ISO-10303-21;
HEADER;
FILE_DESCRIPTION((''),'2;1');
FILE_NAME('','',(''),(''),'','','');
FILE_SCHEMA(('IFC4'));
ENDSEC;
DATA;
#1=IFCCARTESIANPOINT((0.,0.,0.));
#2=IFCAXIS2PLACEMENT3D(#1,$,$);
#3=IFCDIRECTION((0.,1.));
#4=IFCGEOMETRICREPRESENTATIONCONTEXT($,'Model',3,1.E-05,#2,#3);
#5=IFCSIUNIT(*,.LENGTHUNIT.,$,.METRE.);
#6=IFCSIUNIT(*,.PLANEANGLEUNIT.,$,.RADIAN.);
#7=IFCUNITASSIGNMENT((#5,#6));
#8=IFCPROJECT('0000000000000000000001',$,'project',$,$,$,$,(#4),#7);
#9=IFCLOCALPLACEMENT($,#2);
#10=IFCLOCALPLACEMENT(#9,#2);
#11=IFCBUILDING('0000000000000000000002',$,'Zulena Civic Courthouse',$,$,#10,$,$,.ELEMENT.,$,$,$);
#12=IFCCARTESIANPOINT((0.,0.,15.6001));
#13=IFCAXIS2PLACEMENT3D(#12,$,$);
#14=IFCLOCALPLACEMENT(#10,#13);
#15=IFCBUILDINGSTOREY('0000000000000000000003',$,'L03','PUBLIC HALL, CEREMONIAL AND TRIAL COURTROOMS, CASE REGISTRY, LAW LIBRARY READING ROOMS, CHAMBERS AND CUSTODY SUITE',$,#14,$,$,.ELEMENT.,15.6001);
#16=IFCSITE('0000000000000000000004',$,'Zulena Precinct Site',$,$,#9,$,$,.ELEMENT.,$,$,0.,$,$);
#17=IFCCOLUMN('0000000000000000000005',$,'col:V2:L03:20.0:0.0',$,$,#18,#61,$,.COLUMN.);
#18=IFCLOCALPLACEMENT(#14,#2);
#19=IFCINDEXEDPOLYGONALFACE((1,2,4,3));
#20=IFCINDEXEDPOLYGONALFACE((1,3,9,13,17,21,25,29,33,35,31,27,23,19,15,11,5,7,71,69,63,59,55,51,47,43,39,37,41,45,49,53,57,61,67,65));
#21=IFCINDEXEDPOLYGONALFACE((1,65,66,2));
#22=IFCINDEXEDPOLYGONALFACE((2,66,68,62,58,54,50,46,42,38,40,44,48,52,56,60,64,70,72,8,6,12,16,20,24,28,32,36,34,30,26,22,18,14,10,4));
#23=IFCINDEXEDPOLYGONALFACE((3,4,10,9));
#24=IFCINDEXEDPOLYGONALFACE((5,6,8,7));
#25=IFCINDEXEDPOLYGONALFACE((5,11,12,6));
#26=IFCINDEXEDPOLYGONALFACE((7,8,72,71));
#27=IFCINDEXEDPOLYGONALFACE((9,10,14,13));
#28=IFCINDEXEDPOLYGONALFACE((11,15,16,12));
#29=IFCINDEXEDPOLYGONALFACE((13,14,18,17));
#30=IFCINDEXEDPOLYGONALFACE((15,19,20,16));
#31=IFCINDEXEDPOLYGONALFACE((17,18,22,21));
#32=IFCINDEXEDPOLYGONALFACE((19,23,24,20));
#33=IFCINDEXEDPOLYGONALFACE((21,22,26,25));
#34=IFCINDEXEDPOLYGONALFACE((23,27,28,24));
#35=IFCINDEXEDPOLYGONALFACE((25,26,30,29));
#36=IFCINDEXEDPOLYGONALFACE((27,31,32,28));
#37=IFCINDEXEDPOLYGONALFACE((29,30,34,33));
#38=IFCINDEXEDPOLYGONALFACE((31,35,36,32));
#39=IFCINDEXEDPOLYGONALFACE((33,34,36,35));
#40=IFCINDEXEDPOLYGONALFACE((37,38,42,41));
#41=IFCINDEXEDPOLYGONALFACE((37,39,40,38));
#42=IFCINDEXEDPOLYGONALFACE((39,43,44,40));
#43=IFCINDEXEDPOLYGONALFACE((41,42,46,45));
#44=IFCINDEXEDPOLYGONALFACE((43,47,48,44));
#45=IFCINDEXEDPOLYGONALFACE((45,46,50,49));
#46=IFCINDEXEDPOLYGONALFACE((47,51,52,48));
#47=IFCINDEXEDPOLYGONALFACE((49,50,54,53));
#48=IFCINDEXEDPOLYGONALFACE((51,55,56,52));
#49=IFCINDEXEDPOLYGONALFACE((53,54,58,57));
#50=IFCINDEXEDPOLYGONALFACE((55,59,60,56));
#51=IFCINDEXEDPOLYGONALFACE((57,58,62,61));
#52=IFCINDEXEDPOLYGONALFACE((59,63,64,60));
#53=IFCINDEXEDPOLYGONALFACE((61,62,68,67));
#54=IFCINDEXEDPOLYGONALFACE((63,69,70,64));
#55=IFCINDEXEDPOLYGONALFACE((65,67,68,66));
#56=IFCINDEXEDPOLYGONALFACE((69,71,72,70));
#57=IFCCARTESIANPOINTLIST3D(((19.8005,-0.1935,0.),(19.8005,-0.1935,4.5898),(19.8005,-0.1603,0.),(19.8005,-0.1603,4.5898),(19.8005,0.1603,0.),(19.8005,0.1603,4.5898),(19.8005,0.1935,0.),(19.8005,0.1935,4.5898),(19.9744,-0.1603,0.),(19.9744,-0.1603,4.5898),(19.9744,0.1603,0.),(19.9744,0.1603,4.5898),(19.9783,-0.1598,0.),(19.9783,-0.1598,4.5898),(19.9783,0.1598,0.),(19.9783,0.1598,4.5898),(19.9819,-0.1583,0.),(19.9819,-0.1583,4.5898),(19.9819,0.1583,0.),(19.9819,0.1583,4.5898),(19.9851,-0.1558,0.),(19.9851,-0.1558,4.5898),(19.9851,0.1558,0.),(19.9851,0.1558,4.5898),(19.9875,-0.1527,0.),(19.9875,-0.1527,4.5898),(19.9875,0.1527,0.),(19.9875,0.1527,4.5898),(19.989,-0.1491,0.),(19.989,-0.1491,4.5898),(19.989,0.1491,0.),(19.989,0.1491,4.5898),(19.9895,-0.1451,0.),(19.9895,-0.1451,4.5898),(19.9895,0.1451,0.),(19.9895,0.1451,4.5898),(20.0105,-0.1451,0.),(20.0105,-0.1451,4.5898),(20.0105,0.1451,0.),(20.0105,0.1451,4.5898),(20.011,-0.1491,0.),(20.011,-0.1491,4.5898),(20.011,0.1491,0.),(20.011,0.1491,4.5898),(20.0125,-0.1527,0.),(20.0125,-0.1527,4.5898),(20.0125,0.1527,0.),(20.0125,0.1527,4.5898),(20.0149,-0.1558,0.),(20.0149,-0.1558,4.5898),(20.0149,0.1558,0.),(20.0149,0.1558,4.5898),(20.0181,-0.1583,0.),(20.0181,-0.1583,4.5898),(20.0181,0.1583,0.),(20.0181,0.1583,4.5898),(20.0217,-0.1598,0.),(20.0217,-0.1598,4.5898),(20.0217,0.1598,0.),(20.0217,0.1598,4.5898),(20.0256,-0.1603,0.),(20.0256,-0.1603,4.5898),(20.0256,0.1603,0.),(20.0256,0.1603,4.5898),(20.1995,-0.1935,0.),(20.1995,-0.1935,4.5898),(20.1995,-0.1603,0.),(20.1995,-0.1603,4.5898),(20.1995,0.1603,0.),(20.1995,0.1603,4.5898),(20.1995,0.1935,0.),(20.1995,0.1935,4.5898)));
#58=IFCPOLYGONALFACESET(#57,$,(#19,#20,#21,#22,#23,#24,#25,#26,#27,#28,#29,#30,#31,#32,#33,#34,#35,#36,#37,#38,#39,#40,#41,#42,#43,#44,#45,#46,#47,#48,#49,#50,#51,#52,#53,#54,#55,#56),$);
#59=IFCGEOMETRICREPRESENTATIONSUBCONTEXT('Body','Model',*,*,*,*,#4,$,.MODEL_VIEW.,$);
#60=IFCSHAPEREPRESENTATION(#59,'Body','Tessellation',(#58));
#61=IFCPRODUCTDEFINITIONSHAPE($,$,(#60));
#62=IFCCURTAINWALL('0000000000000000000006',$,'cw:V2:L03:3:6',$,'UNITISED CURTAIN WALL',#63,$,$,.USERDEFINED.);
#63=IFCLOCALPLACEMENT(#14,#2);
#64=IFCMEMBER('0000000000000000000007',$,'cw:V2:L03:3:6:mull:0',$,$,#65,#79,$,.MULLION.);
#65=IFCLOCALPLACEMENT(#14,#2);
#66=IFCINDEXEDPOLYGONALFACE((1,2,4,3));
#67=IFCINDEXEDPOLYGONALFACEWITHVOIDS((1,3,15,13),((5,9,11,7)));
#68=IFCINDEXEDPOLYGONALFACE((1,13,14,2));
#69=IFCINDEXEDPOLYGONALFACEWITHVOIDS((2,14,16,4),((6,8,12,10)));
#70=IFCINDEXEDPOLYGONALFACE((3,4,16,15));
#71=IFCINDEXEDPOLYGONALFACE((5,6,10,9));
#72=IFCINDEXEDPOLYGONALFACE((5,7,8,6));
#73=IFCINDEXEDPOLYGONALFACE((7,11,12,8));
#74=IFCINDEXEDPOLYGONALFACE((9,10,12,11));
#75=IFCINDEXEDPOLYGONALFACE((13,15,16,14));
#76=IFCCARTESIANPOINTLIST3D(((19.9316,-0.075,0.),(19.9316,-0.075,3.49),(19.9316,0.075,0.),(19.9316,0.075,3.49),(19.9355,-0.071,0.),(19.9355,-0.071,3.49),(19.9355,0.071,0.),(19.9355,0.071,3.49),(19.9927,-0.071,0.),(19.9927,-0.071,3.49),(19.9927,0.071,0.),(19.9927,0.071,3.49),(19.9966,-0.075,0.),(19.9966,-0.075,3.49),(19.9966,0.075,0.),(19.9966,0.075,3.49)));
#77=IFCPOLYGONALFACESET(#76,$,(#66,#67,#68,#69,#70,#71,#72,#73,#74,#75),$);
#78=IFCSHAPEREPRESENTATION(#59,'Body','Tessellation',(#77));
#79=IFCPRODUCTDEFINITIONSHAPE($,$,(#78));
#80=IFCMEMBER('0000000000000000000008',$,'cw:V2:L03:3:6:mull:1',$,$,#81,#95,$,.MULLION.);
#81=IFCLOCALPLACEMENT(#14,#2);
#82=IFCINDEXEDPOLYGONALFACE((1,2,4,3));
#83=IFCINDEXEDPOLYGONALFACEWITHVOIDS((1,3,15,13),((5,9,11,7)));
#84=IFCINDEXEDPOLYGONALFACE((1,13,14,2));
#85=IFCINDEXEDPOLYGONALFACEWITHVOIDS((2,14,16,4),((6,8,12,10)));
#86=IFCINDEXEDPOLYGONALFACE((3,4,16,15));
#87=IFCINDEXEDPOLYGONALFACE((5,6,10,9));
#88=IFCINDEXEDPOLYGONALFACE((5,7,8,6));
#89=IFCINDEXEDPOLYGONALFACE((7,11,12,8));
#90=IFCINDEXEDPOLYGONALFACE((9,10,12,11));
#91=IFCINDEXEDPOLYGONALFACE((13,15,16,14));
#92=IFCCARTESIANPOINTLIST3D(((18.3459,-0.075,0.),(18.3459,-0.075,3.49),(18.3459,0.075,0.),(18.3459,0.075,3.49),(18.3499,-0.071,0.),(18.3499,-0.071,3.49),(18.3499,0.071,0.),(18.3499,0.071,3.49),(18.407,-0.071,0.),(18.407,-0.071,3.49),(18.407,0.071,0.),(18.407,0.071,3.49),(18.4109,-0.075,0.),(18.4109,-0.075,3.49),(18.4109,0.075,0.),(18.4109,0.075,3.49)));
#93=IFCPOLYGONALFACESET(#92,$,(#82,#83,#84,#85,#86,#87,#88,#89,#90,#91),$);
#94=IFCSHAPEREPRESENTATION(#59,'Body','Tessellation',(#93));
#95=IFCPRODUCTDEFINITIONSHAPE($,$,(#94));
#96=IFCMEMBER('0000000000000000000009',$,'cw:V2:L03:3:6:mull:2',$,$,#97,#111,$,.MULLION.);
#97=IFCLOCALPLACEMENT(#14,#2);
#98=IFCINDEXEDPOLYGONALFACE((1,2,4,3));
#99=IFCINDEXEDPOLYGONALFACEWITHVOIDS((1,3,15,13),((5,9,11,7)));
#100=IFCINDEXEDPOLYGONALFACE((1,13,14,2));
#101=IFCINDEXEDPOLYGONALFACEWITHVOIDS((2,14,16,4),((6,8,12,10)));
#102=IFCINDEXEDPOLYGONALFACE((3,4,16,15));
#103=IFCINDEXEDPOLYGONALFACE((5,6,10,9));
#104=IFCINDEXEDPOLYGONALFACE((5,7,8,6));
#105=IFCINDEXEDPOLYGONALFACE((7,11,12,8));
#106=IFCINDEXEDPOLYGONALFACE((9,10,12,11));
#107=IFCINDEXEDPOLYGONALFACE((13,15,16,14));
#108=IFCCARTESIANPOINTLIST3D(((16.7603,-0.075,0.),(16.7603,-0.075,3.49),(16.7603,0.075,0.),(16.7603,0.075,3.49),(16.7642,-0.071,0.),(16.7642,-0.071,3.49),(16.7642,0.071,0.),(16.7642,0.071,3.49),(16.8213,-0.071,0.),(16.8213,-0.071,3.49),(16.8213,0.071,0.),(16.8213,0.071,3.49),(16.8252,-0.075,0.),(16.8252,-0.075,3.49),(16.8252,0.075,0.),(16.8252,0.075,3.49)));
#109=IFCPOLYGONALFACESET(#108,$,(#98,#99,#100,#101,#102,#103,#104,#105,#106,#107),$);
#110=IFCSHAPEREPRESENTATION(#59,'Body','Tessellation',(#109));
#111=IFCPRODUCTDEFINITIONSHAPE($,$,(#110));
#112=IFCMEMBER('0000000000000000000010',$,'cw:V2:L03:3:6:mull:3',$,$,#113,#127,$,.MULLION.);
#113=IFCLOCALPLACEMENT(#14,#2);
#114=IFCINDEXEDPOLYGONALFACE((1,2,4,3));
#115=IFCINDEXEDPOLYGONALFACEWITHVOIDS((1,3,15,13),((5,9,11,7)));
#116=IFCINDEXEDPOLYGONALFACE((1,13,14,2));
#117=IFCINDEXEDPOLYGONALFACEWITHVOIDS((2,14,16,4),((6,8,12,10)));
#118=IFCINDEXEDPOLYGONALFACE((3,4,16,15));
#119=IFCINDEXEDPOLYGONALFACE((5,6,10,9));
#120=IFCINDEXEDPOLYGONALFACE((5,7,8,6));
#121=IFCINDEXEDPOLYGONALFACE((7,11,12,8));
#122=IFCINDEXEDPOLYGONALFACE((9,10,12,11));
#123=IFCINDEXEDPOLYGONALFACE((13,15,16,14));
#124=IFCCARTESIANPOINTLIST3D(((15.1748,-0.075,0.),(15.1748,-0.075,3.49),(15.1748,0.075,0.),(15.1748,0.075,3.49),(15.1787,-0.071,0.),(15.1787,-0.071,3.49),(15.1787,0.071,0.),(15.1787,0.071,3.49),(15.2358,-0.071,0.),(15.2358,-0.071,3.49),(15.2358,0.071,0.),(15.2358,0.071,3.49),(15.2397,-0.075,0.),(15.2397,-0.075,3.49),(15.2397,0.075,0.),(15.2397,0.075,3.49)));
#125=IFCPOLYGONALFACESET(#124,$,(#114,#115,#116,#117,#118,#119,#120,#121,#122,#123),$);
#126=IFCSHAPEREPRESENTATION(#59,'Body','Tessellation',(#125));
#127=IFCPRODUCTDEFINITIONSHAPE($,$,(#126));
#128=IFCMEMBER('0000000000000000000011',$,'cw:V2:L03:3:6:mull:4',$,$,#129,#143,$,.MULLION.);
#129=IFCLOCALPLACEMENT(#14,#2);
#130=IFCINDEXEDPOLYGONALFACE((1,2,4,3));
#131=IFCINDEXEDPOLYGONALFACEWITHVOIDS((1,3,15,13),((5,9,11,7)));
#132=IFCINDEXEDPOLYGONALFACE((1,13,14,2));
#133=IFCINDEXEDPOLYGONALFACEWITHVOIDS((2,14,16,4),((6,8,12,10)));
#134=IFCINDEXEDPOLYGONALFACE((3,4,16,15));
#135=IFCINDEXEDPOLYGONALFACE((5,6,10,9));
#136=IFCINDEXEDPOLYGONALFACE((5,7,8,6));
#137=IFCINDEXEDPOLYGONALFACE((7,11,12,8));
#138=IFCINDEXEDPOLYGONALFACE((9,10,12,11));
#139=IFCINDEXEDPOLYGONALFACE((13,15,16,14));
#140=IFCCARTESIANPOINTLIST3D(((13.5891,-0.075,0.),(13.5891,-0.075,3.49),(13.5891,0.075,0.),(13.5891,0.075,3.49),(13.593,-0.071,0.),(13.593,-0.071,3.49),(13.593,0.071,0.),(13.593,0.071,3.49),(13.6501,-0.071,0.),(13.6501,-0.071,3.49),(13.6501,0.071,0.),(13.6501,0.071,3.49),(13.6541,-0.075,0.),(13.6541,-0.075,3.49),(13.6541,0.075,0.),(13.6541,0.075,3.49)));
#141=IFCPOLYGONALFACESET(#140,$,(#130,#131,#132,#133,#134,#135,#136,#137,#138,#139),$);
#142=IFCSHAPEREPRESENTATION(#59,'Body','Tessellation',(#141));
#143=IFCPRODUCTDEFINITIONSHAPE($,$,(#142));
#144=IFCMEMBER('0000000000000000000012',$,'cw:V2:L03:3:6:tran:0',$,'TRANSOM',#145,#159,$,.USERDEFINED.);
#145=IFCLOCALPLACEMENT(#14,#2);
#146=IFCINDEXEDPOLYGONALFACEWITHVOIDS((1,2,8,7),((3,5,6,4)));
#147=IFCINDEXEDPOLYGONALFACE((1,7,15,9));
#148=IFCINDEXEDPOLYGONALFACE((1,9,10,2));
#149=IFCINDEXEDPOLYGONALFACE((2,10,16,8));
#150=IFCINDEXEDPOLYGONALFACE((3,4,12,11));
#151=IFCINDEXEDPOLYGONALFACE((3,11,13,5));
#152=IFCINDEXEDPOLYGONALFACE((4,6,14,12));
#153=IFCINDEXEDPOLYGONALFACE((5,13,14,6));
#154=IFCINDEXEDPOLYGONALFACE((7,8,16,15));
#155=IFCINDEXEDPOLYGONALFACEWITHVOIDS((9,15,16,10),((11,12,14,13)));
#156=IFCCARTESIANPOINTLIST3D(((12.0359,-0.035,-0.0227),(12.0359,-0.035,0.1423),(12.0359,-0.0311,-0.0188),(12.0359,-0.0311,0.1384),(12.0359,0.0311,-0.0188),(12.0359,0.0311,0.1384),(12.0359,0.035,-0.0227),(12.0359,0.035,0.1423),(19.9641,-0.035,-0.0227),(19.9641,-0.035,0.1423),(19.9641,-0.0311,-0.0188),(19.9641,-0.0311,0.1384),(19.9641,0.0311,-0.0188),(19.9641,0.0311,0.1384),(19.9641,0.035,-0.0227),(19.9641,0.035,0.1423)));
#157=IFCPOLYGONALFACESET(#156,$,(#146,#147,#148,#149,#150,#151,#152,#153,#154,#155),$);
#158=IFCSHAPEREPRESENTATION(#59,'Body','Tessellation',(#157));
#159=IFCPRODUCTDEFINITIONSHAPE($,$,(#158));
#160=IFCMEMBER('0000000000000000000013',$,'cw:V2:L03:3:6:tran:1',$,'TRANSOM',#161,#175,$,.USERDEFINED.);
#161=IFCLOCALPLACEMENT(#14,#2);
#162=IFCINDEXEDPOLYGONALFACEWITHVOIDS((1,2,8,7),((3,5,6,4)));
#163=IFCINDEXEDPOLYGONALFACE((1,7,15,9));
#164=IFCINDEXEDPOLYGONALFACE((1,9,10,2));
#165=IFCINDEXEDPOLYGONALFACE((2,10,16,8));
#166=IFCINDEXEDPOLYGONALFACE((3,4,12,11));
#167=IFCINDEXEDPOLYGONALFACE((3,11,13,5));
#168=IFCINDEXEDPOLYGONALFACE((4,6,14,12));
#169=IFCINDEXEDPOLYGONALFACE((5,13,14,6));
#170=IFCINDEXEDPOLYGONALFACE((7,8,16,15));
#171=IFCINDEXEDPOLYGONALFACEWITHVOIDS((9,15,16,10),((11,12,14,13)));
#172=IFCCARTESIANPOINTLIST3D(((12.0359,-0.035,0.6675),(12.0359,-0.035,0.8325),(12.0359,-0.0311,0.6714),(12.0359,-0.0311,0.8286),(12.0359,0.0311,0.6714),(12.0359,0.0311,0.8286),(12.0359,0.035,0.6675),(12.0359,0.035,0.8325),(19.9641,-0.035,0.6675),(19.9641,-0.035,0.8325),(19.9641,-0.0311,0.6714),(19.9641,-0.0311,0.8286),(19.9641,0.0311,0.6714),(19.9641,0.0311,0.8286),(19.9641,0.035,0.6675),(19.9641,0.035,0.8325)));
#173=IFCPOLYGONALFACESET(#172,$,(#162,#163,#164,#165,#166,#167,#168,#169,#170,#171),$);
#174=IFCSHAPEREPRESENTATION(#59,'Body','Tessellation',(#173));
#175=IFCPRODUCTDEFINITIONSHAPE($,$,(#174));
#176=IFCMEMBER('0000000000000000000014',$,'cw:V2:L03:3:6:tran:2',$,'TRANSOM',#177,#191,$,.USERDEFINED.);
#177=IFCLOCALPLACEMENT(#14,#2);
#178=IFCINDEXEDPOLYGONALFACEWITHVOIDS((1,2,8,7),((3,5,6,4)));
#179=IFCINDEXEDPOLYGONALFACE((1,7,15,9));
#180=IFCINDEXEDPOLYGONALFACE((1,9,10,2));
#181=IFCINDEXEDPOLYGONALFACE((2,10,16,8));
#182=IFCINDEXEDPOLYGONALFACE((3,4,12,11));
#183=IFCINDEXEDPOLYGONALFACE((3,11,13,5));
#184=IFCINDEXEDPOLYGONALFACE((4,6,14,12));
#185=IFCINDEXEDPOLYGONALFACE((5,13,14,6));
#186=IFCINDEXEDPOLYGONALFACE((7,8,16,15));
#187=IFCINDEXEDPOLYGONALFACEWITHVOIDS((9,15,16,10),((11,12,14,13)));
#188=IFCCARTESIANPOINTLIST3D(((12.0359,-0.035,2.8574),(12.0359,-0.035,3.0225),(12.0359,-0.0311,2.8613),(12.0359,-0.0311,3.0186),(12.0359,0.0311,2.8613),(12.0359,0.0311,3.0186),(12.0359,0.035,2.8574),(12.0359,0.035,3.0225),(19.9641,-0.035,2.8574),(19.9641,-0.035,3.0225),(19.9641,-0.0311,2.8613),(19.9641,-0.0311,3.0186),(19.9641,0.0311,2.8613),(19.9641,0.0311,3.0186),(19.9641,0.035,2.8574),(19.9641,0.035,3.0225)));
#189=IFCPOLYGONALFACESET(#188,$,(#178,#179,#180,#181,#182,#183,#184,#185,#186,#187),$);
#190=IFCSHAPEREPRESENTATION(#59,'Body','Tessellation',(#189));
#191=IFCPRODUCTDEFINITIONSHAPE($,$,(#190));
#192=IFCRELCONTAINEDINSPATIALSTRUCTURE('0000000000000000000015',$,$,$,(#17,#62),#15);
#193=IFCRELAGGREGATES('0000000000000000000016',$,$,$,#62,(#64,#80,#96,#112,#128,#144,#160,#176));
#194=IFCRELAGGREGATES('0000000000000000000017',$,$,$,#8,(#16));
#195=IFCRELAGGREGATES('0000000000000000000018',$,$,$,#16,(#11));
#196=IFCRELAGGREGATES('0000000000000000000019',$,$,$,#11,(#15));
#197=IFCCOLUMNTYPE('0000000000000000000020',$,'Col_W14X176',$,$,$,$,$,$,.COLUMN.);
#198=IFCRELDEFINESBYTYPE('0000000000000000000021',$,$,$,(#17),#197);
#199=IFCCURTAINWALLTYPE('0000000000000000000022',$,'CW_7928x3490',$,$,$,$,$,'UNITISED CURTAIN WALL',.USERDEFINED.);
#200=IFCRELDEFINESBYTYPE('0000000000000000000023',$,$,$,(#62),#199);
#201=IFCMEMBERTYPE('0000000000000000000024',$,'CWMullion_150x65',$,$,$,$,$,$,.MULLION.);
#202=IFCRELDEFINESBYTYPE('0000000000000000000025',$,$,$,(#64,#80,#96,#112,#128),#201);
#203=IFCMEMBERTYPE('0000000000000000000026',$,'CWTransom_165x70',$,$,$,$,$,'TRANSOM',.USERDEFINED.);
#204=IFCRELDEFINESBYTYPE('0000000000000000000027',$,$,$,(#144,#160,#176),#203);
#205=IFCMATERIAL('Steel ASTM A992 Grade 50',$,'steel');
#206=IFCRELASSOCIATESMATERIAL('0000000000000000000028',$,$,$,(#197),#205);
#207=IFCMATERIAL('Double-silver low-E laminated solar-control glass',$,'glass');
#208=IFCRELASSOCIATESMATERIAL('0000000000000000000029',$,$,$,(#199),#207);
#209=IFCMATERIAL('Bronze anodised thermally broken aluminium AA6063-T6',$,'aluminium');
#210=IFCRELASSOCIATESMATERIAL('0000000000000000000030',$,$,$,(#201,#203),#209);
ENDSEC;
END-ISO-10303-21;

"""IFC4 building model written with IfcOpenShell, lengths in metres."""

from ifc_helpers import new_model, si_unit, direction, frame, origin, origin_2d, place, context, subcontext, project, spatial, hollow_rectangle, i_section, extrude, material, material_profile, profile_set, type_object, element, aggregate, save


model = new_model("IFC4")

# Units and contexts
model_context = context("Model", 3, precision=1e-05, world=origin(), true_north=direction((0.0, 1.0)))
body_context = subcontext(model_context, "Body", "Model", "MODEL_VIEW")
ifc_project = project(units=[si_unit("LENGTHUNIT", "METRE"), si_unit("PLANEANGLEUNIT", "RADIAN")], contexts=[model_context])

# Site, building, storey
site_placement = place(None, origin())
site = spatial("IfcSite", under=ifc_project, at=site_placement, Name="Zulena Precinct Site", CompositionType="ELEMENT", RefElevation=0.0)
building_placement = place(site_placement, origin())
building = spatial("IfcBuilding", under=site, at=building_placement, Name="Zulena Civic Courthouse", CompositionType="ELEMENT")
storey_placement = place(building_placement, frame((0.0, 0.0, 15.6001)))
storey = spatial("IfcBuildingStorey", under=building, at=storey_placement, Name="L03", Description="PUBLIC HALL, CEREMONIAL AND TRIAL COURTROOMS, CASE REGISTRY, LAW LIBRARY READING ROOMS, CHAMBERS AND CUSTODY SUITE", CompositionType="ELEMENT", Elevation=15.6001)

# Column
ifc_material_1 = material(Name="Steel ASTM A992 Grade 50", Category="steel")
ifc_material_profile_1 = material_profile(ifc_material_1, i_section(OverallWidth=0.3989, OverallDepth=0.387, WebThickness=0.021, FlangeThickness=0.0332, FilletRadius=0.0151, at=origin_2d()), Name="W14X176")
ifc_profile_set_1 = profile_set([ifc_material_profile_1], Name="Steel ASTM A992 Grade 50")
column_type = type_object("IfcColumnType", Name="Col_W14X176", PredefinedType="COLUMN", material=ifc_profile_set_1)
column_placement = place(storey_placement, frame((20.0, 0.0, 0.0), z_axis=(0.0, 0.0, 1.0), x_axis=(1.0, 0.0, 0.0)))
element("IfcColumn", 1, at=column_placement, inside=storey, type_object=column_type, Name="col:V2:L03:20.0:0.0", PredefinedType="COLUMN", context=body_context, shape_type="SweptSolid", body=[
    extrude(i_section(OverallWidth=0.3989, OverallDepth=0.387, WebThickness=0.021, FlangeThickness=0.0332, FilletRadius=0.0151, at=origin_2d()), origin(), (0.0, 0.0, 1.0), 4.5898),
])

# Curtain wall, members
ifc_material_2 = material(Name="Double-silver low-E laminated solar-control glass", Category="glass")
curtain_wall_type = type_object("IfcCurtainWallType", Name="CW_7928x3490", ElementType="UNITISED CURTAIN WALL", PredefinedType="USERDEFINED", material=ifc_material_2)
curtain_wall_placement = place(storey_placement, origin())
curtain_wall = element("IfcCurtainWall", 2, at=curtain_wall_placement, inside=storey, type_object=curtain_wall_type, Name="cw:V2:L03:3:6", ObjectType="UNITISED CURTAIN WALL", PredefinedType="USERDEFINED")
ifc_material_3 = material(Name="Bronze anodised thermally broken aluminium AA6063-T6", Category="aluminium")
ifc_material_profile_2 = material_profile(ifc_material_3, hollow_rectangle(XDim=0.0649, YDim=0.1499, WallThickness=0.0039, at=origin_2d()), Name="CWM150X65X4")
ifc_profile_set_2 = profile_set([ifc_material_profile_2], Name="Bronze anodised thermally broken aluminium AA6063-T6")
member_type_1 = type_object("IfcMemberType", Name="CWMullion_150x65", PredefinedType="MULLION", material=ifc_profile_set_2)
member_1_placement = place(storey_placement, frame((19.9641, 0.0, 0.0), z_axis=(0.0, 0.0, 1.0), x_axis=(1.0, 0.0, 0.0)))
member_1 = element("IfcMember", 3, at=member_1_placement, type_object=member_type_1, Name="cw:V2:L03:3:6:mull:0", PredefinedType="MULLION", context=body_context, shape_type="SweptSolid", body=[
    extrude(hollow_rectangle(XDim=0.0649, YDim=0.1499, WallThickness=0.0039, at=origin_2d()), origin(), (0.0, 0.0, 1.0), 3.49),
])
member_2_placement = place(storey_placement, frame((18.3784, 0.0, 0.0), z_axis=(0.0, 0.0, 1.0), x_axis=(1.0, 0.0, 0.0)))
member_2 = element("IfcMember", 4, at=member_2_placement, type_object=member_type_1, Name="cw:V2:L03:3:6:mull:1", PredefinedType="MULLION", context=body_context, shape_type="SweptSolid", body=[
    extrude(hollow_rectangle(XDim=0.0649, YDim=0.1499, WallThickness=0.0039, at=origin_2d()), origin(), (0.0, 0.0, 1.0), 3.49),
])
member_3_placement = place(storey_placement, frame((16.7927, 0.0, 0.0), z_axis=(0.0, 0.0, 1.0), x_axis=(1.0, 0.0, 0.0)))
member_3 = element("IfcMember", 5, at=member_3_placement, type_object=member_type_1, Name="cw:V2:L03:3:6:mull:2", PredefinedType="MULLION", context=body_context, shape_type="SweptSolid", body=[
    extrude(hollow_rectangle(XDim=0.0649, YDim=0.1499, WallThickness=0.0039, at=origin_2d()), origin(), (0.0, 0.0, 1.0), 3.49),
])
member_4_placement = place(storey_placement, frame((15.2073, 0.0, 0.0), z_axis=(0.0, 0.0, 1.0), x_axis=(1.0, 0.0, 0.0)))
member_4 = element("IfcMember", 6, at=member_4_placement, type_object=member_type_1, Name="cw:V2:L03:3:6:mull:3", PredefinedType="MULLION", context=body_context, shape_type="SweptSolid", body=[
    extrude(hollow_rectangle(XDim=0.0649, YDim=0.1499, WallThickness=0.0039, at=origin_2d()), origin(), (0.0, 0.0, 1.0), 3.49),
])
member_5_placement = place(storey_placement, frame((13.6216, 0.0, 0.0), z_axis=(0.0, 0.0, 1.0), x_axis=(1.0, 0.0, 0.0)))
member_5 = element("IfcMember", 7, at=member_5_placement, type_object=member_type_1, Name="cw:V2:L03:3:6:mull:4", PredefinedType="MULLION", context=body_context, shape_type="SweptSolid", body=[
    extrude(hollow_rectangle(XDim=0.0649, YDim=0.1499, WallThickness=0.0039, at=origin_2d()), origin(), (0.0, 0.0, 1.0), 3.49),
])
ifc_material_profile_3 = material_profile(ifc_material_3, hollow_rectangle(XDim=0.0701, YDim=0.165, WallThickness=0.0039, at=origin_2d()), Name="CWT165X70X4")
ifc_profile_set_3 = profile_set([ifc_material_profile_3], Name="Bronze anodised thermally broken aluminium AA6063-T6")
member_type_2 = type_object("IfcMemberType", Name="CWTransom_165x70", ElementType="TRANSOM", PredefinedType="USERDEFINED", material=ifc_profile_set_3)
member_6_placement = place(storey_placement, frame((19.9641, 0.0, 0.0598), z_axis=(-1.0, 0.0, 0.0), x_axis=(0.0, -1.0, 0.0)))
member_6 = element("IfcMember", 8, at=member_6_placement, type_object=member_type_2, Name="cw:V2:L03:3:6:tran:0", ObjectType="TRANSOM", PredefinedType="USERDEFINED", context=body_context, shape_type="SweptSolid", body=[
    extrude(hollow_rectangle(XDim=0.0701, YDim=0.165, WallThickness=0.0039, at=origin_2d()), origin(), (0.0, 0.0, 1.0), 7.9282),
])
member_7_placement = place(storey_placement, frame((19.9641, 0.0, 0.75), z_axis=(-1.0, 0.0, 0.0), x_axis=(0.0, -1.0, 0.0)))
member_7 = element("IfcMember", 9, at=member_7_placement, type_object=member_type_2, Name="cw:V2:L03:3:6:tran:1", ObjectType="TRANSOM", PredefinedType="USERDEFINED", context=body_context, shape_type="SweptSolid", body=[
    extrude(hollow_rectangle(XDim=0.0701, YDim=0.165, WallThickness=0.0039, at=origin_2d()), origin(), (0.0, 0.0, 1.0), 7.9282),
])
member_8_placement = place(storey_placement, frame((19.9641, 0.0, 2.9399), z_axis=(-1.0, 0.0, 0.0), x_axis=(0.0, -1.0, 0.0)))
member_8 = element("IfcMember", 10, at=member_8_placement, type_object=member_type_2, Name="cw:V2:L03:3:6:tran:2", ObjectType="TRANSOM", PredefinedType="USERDEFINED", context=body_context, shape_type="SweptSolid", body=[
    extrude(hollow_rectangle(XDim=0.0701, YDim=0.165, WallThickness=0.0039, at=origin_2d()), origin(), (0.0, 0.0, 1.0), 7.9282),
])
aggregate(curtain_wall, [member_1, member_2, member_3, member_4, member_5, member_6, member_7, member_8])

save(model, "model.ifc")
